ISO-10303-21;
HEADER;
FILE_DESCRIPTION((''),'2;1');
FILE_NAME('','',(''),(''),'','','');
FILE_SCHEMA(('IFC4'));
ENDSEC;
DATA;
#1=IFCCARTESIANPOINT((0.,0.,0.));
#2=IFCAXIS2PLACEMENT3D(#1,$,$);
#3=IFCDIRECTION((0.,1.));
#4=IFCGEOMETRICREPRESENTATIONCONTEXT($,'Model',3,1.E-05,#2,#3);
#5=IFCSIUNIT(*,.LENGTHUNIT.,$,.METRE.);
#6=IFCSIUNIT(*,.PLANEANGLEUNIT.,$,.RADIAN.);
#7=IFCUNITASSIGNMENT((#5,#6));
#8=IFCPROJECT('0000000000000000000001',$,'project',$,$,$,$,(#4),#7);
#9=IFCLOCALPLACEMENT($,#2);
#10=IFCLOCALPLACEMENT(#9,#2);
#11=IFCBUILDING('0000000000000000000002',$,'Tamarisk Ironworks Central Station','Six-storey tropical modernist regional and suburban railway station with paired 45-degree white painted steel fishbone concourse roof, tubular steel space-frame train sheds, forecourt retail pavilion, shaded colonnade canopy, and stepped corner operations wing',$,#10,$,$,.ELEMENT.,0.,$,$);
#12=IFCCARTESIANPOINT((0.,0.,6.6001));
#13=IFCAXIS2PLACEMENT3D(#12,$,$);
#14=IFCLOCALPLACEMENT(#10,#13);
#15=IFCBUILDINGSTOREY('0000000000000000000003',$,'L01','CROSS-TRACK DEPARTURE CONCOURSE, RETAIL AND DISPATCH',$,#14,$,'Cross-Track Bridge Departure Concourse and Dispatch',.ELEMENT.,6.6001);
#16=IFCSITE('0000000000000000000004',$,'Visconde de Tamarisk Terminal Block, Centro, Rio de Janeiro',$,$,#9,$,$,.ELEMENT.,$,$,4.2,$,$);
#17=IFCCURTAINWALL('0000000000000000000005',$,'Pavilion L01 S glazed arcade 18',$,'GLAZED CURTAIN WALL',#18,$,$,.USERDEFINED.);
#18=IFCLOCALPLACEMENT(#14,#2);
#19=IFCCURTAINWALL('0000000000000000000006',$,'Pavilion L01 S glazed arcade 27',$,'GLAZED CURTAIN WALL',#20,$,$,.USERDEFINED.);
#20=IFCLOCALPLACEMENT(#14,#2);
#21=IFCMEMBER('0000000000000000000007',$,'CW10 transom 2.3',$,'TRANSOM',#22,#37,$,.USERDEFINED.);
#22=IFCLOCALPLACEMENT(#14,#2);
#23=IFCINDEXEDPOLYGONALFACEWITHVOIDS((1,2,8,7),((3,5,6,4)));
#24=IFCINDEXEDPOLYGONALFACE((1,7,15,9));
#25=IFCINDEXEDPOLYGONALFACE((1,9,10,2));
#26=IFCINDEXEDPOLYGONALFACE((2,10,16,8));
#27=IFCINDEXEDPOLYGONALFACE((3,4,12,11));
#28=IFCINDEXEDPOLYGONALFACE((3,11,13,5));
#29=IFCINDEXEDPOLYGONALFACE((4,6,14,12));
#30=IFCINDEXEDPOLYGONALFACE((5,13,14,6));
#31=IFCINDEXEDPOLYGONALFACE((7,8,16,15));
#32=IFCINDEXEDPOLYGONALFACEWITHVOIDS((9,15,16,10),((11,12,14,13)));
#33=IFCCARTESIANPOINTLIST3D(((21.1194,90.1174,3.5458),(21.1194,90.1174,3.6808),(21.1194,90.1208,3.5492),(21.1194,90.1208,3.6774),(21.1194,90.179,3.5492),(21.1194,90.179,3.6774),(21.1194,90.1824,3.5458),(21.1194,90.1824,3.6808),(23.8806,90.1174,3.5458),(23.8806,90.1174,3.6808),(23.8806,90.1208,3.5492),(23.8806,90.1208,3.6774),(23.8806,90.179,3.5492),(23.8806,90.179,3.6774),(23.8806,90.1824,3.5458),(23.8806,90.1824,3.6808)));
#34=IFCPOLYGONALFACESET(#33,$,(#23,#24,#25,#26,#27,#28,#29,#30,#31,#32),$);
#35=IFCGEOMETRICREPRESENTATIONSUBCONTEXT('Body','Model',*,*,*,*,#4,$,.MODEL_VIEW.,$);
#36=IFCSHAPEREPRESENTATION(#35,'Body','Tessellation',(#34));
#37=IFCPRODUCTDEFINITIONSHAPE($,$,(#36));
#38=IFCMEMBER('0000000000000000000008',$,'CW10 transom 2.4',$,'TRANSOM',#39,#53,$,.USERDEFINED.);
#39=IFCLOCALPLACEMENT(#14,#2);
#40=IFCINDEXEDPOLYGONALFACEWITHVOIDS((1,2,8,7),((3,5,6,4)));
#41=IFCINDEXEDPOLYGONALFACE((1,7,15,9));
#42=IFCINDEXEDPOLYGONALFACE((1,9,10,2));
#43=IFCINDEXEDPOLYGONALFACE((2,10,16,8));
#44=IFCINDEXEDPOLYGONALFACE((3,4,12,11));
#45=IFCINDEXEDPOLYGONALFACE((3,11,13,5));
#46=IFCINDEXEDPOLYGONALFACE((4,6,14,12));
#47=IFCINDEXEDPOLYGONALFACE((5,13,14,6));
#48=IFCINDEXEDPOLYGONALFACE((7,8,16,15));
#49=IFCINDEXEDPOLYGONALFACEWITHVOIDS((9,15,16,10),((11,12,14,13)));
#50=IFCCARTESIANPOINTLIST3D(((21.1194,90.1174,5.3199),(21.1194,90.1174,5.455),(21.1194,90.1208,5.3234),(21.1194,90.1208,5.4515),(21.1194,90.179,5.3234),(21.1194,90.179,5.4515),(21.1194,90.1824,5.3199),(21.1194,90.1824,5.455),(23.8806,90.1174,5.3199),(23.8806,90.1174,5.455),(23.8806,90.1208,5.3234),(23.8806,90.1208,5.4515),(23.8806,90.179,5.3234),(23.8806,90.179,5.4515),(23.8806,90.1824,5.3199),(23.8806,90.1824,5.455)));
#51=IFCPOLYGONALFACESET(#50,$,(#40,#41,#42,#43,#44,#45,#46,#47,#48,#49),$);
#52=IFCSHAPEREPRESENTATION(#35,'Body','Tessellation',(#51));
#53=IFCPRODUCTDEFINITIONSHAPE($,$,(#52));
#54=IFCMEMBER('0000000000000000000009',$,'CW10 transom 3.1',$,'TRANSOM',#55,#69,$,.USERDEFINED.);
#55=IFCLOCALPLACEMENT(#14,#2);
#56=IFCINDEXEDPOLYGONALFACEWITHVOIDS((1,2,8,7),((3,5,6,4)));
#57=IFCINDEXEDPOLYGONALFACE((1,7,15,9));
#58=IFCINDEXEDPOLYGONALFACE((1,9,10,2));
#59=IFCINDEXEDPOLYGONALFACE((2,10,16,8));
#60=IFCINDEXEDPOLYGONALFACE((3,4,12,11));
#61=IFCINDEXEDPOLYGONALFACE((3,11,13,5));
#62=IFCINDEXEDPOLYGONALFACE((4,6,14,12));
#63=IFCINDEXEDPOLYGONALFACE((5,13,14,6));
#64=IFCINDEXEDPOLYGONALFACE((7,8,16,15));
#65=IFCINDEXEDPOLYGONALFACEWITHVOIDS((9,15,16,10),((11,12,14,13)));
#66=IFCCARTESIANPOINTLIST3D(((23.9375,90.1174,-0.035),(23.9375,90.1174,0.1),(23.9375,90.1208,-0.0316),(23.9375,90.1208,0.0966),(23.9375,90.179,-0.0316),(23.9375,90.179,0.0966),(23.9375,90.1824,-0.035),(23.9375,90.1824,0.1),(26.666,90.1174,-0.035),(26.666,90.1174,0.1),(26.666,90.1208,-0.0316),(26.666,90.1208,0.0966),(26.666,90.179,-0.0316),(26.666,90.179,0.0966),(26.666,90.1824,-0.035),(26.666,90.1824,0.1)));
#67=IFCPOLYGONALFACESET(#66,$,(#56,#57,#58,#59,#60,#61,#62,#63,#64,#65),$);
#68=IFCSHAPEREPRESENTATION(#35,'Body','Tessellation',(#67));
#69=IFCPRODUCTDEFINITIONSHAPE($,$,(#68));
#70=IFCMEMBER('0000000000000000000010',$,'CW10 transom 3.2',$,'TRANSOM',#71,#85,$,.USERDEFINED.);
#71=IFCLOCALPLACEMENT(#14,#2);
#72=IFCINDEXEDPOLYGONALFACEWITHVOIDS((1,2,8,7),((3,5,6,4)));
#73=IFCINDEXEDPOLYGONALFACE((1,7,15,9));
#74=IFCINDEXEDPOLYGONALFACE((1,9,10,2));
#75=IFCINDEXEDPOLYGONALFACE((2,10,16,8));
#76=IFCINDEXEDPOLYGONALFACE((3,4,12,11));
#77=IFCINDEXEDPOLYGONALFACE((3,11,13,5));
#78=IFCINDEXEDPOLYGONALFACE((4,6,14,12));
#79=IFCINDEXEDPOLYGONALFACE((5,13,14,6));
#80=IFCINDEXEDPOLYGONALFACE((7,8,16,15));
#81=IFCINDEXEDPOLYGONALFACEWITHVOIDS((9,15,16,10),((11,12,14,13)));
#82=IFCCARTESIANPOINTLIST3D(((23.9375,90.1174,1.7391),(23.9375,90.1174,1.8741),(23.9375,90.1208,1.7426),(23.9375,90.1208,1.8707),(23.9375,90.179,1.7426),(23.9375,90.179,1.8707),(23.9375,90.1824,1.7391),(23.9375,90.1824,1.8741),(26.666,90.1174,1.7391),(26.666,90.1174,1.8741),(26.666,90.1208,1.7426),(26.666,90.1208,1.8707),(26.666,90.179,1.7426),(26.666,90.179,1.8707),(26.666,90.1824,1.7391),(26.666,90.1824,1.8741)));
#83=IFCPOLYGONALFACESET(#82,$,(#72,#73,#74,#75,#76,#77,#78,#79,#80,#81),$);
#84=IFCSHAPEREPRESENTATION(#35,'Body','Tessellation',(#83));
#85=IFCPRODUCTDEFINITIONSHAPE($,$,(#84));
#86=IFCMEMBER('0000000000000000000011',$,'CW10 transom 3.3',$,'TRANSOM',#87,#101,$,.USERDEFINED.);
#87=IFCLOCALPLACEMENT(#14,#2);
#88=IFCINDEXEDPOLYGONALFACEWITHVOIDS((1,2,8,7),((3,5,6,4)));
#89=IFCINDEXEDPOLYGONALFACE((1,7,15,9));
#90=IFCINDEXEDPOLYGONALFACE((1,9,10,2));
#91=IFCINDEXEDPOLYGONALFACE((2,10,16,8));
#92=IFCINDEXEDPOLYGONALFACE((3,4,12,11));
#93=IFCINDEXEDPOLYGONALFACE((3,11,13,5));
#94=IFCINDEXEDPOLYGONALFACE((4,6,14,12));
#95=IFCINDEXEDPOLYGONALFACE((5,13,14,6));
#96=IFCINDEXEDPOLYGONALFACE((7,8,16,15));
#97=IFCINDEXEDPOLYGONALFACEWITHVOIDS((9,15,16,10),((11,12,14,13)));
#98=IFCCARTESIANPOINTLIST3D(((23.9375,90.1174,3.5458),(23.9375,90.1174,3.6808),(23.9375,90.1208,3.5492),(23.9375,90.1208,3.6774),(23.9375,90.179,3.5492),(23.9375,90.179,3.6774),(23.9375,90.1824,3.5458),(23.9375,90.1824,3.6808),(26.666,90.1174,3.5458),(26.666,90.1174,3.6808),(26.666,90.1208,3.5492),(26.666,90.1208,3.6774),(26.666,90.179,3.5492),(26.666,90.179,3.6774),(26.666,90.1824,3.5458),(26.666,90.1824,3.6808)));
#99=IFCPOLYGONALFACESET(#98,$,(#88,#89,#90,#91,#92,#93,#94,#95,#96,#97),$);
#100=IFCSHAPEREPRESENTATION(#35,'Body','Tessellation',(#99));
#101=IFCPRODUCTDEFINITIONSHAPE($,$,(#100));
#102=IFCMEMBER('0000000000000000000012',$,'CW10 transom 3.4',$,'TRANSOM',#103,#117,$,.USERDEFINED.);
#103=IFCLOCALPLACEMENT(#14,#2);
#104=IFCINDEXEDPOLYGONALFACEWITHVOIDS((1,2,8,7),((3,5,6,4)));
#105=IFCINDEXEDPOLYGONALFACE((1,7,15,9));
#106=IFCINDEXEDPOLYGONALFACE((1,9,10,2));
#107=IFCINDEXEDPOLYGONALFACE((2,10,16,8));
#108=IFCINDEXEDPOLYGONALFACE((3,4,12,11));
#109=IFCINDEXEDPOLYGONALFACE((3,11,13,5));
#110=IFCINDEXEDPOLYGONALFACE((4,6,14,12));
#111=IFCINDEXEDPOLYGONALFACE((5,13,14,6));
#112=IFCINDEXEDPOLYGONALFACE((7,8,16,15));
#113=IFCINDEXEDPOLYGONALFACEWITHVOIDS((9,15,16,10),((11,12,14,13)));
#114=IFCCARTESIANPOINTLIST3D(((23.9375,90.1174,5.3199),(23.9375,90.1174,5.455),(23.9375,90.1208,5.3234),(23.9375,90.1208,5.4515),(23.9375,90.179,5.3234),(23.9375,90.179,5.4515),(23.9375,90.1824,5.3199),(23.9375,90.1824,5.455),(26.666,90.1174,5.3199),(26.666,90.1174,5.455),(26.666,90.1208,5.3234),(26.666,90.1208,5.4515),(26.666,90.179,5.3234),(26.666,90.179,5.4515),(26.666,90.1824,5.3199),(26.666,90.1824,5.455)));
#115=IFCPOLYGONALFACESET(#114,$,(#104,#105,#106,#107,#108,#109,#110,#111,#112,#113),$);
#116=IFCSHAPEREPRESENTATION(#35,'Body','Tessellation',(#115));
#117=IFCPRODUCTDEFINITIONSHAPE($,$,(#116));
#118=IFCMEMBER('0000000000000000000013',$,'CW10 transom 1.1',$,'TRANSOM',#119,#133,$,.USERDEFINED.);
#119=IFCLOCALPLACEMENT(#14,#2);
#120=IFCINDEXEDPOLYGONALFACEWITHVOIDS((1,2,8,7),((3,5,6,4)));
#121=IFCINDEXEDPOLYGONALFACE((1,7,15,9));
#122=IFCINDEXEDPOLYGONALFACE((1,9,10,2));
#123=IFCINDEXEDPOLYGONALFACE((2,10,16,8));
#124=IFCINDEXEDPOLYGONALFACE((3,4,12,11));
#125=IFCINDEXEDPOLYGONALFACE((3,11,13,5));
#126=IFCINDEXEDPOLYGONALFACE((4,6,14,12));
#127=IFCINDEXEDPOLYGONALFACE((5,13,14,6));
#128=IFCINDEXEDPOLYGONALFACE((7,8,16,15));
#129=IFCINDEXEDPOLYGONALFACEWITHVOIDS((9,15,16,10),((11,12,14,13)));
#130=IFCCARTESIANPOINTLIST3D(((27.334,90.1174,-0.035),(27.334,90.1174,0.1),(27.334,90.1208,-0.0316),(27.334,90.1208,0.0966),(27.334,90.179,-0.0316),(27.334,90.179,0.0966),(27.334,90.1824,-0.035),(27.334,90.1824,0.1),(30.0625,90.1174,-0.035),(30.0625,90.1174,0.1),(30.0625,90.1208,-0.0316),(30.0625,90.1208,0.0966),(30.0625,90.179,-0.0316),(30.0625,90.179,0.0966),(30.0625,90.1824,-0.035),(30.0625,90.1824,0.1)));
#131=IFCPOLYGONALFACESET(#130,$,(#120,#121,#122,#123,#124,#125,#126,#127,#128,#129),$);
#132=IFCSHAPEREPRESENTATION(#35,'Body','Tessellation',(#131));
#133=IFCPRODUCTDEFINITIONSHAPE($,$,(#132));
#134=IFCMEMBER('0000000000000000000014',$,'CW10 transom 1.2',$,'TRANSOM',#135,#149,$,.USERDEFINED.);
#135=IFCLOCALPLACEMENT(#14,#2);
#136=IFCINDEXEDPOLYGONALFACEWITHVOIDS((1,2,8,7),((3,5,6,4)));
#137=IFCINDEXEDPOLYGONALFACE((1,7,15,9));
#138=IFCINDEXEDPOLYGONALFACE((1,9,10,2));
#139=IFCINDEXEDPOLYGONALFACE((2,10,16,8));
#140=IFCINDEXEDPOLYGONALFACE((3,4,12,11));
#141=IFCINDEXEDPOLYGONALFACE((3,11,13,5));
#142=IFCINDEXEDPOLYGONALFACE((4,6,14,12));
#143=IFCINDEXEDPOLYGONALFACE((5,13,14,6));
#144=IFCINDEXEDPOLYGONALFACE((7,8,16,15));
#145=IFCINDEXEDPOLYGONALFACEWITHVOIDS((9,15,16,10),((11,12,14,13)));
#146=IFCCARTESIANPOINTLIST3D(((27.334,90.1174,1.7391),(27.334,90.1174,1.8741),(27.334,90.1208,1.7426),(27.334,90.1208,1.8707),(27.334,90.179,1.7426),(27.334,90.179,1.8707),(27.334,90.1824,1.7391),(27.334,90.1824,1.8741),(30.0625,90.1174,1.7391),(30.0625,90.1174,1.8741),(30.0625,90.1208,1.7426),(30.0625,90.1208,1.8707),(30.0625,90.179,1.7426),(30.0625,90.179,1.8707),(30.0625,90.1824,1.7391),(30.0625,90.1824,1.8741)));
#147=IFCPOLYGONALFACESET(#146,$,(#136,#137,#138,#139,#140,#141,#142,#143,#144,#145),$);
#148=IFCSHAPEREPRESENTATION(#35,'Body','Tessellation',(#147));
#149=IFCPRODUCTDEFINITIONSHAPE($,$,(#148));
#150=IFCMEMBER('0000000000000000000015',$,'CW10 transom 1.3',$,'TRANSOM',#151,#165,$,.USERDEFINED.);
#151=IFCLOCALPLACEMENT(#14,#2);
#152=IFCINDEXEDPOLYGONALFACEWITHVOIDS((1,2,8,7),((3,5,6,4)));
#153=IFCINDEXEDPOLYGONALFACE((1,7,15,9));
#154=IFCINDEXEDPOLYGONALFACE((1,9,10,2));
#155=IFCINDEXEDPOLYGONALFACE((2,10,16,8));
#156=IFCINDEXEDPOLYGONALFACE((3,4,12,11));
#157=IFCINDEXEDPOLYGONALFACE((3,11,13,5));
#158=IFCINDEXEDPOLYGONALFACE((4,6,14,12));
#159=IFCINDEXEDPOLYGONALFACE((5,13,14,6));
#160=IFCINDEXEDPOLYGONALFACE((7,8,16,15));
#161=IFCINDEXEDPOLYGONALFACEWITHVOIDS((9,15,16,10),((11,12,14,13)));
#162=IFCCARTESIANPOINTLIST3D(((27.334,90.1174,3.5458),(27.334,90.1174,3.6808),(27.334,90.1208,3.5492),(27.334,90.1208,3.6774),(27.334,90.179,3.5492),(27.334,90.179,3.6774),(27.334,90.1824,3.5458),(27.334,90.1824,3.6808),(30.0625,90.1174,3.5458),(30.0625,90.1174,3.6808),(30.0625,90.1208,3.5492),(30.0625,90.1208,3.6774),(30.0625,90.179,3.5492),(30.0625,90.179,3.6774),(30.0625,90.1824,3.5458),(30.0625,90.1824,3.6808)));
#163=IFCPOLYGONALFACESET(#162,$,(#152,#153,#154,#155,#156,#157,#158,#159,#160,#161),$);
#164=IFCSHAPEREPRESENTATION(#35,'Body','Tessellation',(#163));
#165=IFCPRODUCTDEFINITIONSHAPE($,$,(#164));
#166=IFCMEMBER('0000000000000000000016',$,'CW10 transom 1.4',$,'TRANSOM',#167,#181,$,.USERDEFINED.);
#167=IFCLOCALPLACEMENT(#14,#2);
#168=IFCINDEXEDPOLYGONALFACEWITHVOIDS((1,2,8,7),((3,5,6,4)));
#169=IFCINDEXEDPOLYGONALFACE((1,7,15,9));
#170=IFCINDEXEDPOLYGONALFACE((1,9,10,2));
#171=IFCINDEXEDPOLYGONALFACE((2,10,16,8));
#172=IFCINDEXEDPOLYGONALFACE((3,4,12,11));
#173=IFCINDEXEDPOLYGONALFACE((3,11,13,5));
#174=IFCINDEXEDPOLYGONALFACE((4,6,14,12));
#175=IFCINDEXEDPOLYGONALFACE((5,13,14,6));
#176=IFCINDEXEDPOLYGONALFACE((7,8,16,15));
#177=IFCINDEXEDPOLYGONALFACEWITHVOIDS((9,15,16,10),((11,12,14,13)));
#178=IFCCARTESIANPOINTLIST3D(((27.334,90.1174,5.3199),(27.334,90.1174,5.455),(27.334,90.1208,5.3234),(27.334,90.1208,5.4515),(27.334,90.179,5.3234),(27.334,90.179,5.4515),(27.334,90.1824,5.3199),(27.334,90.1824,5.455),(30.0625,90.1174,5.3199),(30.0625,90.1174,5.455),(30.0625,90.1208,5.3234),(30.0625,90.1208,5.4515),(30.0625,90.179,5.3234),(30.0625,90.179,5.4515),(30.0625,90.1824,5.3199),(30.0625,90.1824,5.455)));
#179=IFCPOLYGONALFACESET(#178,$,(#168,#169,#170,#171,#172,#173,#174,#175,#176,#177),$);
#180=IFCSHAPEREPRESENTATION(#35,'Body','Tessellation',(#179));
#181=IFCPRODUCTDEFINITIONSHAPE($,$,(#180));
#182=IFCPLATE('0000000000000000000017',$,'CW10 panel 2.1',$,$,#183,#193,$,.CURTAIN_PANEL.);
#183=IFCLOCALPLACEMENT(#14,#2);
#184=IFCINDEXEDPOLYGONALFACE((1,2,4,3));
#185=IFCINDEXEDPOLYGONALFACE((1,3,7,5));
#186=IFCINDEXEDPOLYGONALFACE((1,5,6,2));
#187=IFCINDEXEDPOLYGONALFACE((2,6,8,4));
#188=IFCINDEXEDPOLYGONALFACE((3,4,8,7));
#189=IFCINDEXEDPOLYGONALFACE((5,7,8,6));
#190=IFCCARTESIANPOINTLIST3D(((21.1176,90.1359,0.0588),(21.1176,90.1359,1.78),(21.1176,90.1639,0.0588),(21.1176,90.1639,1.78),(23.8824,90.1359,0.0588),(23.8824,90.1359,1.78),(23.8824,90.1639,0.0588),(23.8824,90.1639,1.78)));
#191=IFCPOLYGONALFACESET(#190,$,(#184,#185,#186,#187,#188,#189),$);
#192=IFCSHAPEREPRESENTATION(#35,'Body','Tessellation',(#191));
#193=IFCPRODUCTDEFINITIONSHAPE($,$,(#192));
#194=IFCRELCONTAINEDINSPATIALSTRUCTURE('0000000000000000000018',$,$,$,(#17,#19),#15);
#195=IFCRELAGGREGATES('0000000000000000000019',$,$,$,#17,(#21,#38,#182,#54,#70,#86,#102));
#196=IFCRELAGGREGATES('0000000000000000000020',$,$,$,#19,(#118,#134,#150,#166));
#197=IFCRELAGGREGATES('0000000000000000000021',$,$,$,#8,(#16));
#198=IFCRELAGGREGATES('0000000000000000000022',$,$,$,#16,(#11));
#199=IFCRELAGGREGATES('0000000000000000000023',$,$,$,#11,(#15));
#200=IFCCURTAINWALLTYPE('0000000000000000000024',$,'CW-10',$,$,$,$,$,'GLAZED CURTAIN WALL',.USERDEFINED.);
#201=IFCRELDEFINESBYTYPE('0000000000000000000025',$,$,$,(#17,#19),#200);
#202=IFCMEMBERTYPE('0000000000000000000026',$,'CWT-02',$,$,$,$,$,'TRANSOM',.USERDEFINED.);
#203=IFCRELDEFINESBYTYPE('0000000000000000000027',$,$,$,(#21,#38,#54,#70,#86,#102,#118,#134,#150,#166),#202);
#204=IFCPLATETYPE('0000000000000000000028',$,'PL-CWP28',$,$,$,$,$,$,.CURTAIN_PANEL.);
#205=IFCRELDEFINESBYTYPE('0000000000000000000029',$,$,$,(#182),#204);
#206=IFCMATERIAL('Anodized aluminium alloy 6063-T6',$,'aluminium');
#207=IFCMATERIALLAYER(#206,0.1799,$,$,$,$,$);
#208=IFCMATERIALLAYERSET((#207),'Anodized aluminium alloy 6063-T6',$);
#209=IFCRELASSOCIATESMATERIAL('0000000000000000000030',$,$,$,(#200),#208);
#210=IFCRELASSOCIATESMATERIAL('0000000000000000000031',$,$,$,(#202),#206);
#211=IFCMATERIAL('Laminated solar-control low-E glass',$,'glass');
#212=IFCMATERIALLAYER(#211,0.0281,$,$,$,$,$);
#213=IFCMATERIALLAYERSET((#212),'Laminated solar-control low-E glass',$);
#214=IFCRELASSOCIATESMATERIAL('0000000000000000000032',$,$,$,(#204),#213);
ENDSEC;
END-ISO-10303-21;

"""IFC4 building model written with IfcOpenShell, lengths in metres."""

from ifc_helpers import new_model, si_unit, direction, frame, origin, origin_2d, place, context, subcontext, project, spatial, rectangle, hollow_rectangle, extrude, material, layer, layer_set, material_profile, profile_set, type_object, element, aggregate, save


model = new_model("IFC4")

# Units and contexts
model_context = context("Model", 3, precision=1e-05, world=origin(), true_north=direction((0.0, 1.0)))
body_context = subcontext(model_context, "Body", "Model", "MODEL_VIEW")
ifc_project = project(units=[si_unit("LENGTHUNIT", "METRE"), si_unit("PLANEANGLEUNIT", "RADIAN")], contexts=[model_context])

# Site, building, storey
site_placement = place(None, origin())
site = spatial("IfcSite", under=ifc_project, at=site_placement, Name="Visconde de Tamarisk Terminal Block, Centro, Rio de Janeiro", CompositionType="ELEMENT", RefElevation=4.2)
building_placement = place(site_placement, origin())
building = spatial("IfcBuilding", under=site, at=building_placement, Name="Tamarisk Ironworks Central Station", Description="Six-storey tropical modernist regional and suburban railway station with paired 45-degree white painted steel fishbone concourse roof, tubular steel space-frame train sheds, forecourt retail pavilion, shaded colonnade canopy, and stepped corner operations wing", CompositionType="ELEMENT", ElevationOfRefHeight=0.0)
storey_placement = place(building_placement, frame((0.0, 0.0, 6.6001)))
storey = spatial("IfcBuildingStorey", under=building, at=storey_placement, Name="L01", Description="CROSS-TRACK DEPARTURE CONCOURSE, RETAIL AND DISPATCH", LongName="Cross-Track Bridge Departure Concourse and Dispatch", CompositionType="ELEMENT", Elevation=6.6001)

# Curtain wall
ifc_material_1 = material(Name="Anodized aluminium alloy 6063-T6", Category="aluminium")
ifc_layer_1 = layer(ifc_material_1, 0.1799)
ifc_layer_set_1 = layer_set([ifc_layer_1], Name="Anodized aluminium alloy 6063-T6")
curtain_wall_type = type_object("IfcCurtainWallType", Name="CW-10", ElementType="GLAZED CURTAIN WALL", PredefinedType="USERDEFINED", material=ifc_layer_set_1)
curtain_wall_1_placement = place(storey_placement, origin())
curtain_wall_1 = element("IfcCurtainWall", 1, at=curtain_wall_1_placement, inside=storey, type_object=curtain_wall_type, Name="Pavilion L01 S glazed arcade 18", ObjectType="GLAZED CURTAIN WALL", PredefinedType="USERDEFINED")

# Curtain wall
curtain_wall_2_placement = place(storey_placement, origin())
curtain_wall_2 = element("IfcCurtainWall", 2, at=curtain_wall_2_placement, inside=storey, type_object=curtain_wall_type, Name="Pavilion L01 S glazed arcade 27", ObjectType="GLAZED CURTAIN WALL", PredefinedType="USERDEFINED")

# Members
ifc_material_profile_1 = material_profile(ifc_material_1, hollow_rectangle(XDim=0.0649, YDim=0.135, WallThickness=0.0034, at=origin_2d()), Name="ALUM 135x65")
ifc_profile_set_1 = profile_set([ifc_material_profile_1], Name="Anodized aluminium alloy 6063-T6")
member_type_1 = type_object("IfcMemberType", Name="CWT-02", ElementType="TRANSOM", PredefinedType="USERDEFINED", material=ifc_profile_set_1)
member_1_placement = place(storey_placement, frame((21.1194, 90.1499, 3.6133), z_axis=(1.0, 0.0, 0.0), x_axis=(0.0, 1.0, 0.0)))
member_1 = element("IfcMember", 3, at=member_1_placement, type_object=member_type_1, Name="CW10 transom 2.3", ObjectType="TRANSOM", PredefinedType="USERDEFINED", context=body_context, shape_type="SweptSolid", body=[
    extrude(hollow_rectangle(XDim=0.0649, YDim=0.135, WallThickness=0.0034, at=origin_2d()), origin(), (0.0, 0.0, 1.0), 2.7612),
])
member_2_placement = place(storey_placement, frame((21.1194, 90.1499, 5.3875), z_axis=(1.0, 0.0, 0.0), x_axis=(0.0, 1.0, 0.0)))
member_2 = element("IfcMember", 4, at=member_2_placement, type_object=member_type_1, Name="CW10 transom 2.4", ObjectType="TRANSOM", PredefinedType="USERDEFINED", context=body_context, shape_type="SweptSolid", body=[
    extrude(hollow_rectangle(XDim=0.0649, YDim=0.135, WallThickness=0.0034, at=origin_2d()), origin(), (0.0, 0.0, 1.0), 2.7612),
])
member_3_placement = place(storey_placement, frame((23.9375, 90.1499, 0.0325), z_axis=(1.0, 0.0, 0.0), x_axis=(0.0, 1.0, 0.0)))
member_3 = element("IfcMember", 5, at=member_3_placement, type_object=member_type_1, Name="CW10 transom 3.1", ObjectType="TRANSOM", PredefinedType="USERDEFINED", context=body_context, shape_type="SweptSolid", body=[
    extrude(hollow_rectangle(XDim=0.0649, YDim=0.135, WallThickness=0.0034, at=origin_2d()), origin(), (0.0, 0.0, 1.0), 2.7285),
])
member_4_placement = place(storey_placement, frame((23.9375, 90.1499, 1.8066), z_axis=(1.0, 0.0, 0.0), x_axis=(0.0, 1.0, 0.0)))
member_4 = element("IfcMember", 6, at=member_4_placement, type_object=member_type_1, Name="CW10 transom 3.2", ObjectType="TRANSOM", PredefinedType="USERDEFINED", context=body_context, shape_type="SweptSolid", body=[
    extrude(hollow_rectangle(XDim=0.0649, YDim=0.135, WallThickness=0.0034, at=origin_2d()), origin(), (0.0, 0.0, 1.0), 2.7285),
])
member_5_placement = place(storey_placement, frame((23.9375, 90.1499, 3.6133), z_axis=(1.0, 0.0, 0.0), x_axis=(0.0, 1.0, 0.0)))
member_5 = element("IfcMember", 7, at=member_5_placement, type_object=member_type_1, Name="CW10 transom 3.3", ObjectType="TRANSOM", PredefinedType="USERDEFINED", context=body_context, shape_type="SweptSolid", body=[
    extrude(hollow_rectangle(XDim=0.0649, YDim=0.135, WallThickness=0.0034, at=origin_2d()), origin(), (0.0, 0.0, 1.0), 2.7285),
])
member_6_placement = place(storey_placement, frame((23.9375, 90.1499, 5.3875), z_axis=(1.0, 0.0, 0.0), x_axis=(0.0, 1.0, 0.0)))
member_6 = element("IfcMember", 8, at=member_6_placement, type_object=member_type_1, Name="CW10 transom 3.4", ObjectType="TRANSOM", PredefinedType="USERDEFINED", context=body_context, shape_type="SweptSolid", body=[
    extrude(hollow_rectangle(XDim=0.0649, YDim=0.135, WallThickness=0.0034, at=origin_2d()), origin(), (0.0, 0.0, 1.0), 2.7285),
])
member_7_placement = place(storey_placement, frame((27.334, 90.1499, 0.0325), z_axis=(1.0, 0.0, 0.0), x_axis=(0.0, 1.0, 0.0)))
member_7 = element("IfcMember", 9, at=member_7_placement, type_object=member_type_1, Name="CW10 transom 1.1", ObjectType="TRANSOM", PredefinedType="USERDEFINED", context=body_context, shape_type="SweptSolid", body=[
    extrude(hollow_rectangle(XDim=0.0649, YDim=0.135, WallThickness=0.0034, at=origin_2d()), origin(), (0.0, 0.0, 1.0), 2.7285),
])
member_8_placement = place(storey_placement, frame((27.334, 90.1499, 1.8066), z_axis=(1.0, 0.0, 0.0), x_axis=(0.0, 1.0, 0.0)))
member_8 = element("IfcMember", 10, at=member_8_placement, type_object=member_type_1, Name="CW10 transom 1.2", ObjectType="TRANSOM", PredefinedType="USERDEFINED", context=body_context, shape_type="SweptSolid", body=[
    extrude(hollow_rectangle(XDim=0.0649, YDim=0.135, WallThickness=0.0034, at=origin_2d()), origin(), (0.0, 0.0, 1.0), 2.7285),
])
member_9_placement = place(storey_placement, frame((27.334, 90.1499, 3.6133), z_axis=(1.0, 0.0, 0.0), x_axis=(0.0, 1.0, 0.0)))
member_9 = element("IfcMember", 11, at=member_9_placement, type_object=member_type_1, Name="CW10 transom 1.3", ObjectType="TRANSOM", PredefinedType="USERDEFINED", context=body_context, shape_type="SweptSolid", body=[
    extrude(hollow_rectangle(XDim=0.0649, YDim=0.135, WallThickness=0.0034, at=origin_2d()), origin(), (0.0, 0.0, 1.0), 2.7285),
])
member_10_placement = place(storey_placement, frame((27.334, 90.1499, 5.3875), z_axis=(1.0, 0.0, 0.0), x_axis=(0.0, 1.0, 0.0)))
member_10 = element("IfcMember", 12, at=member_10_placement, type_object=member_type_1, Name="CW10 transom 1.4", ObjectType="TRANSOM", PredefinedType="USERDEFINED", context=body_context, shape_type="SweptSolid", body=[
    extrude(hollow_rectangle(XDim=0.0649, YDim=0.135, WallThickness=0.0034, at=origin_2d()), origin(), (0.0, 0.0, 1.0), 2.7285),
])

# Plate
ifc_material_2 = material(Name="Laminated solar-control low-E glass", Category="glass")
ifc_layer_2 = layer(ifc_material_2, 0.0281)
ifc_layer_set_2 = layer_set([ifc_layer_2], Name="Laminated solar-control low-E glass")
plate_type = type_object("IfcPlateType", Name="PL-CWP28", PredefinedType="CURTAIN_PANEL", material=ifc_layer_set_2)
plate_1_placement = place(storey_placement, frame((22.5, 90.1499, 0.0588), z_axis=(0.0, 0.0, 1.0), x_axis=(1.0, 0.0, 0.0)))
plate_1 = element("IfcPlate", 13, at=plate_1_placement, type_object=plate_type, Name="CW10 panel 2.1", PredefinedType="CURTAIN_PANEL", context=body_context, shape_type="SweptSolid", body=[
    extrude(rectangle(XDim=2.7649, YDim=0.0281, at=origin_2d()), origin(), (0.0, 0.0, 1.0), 1.7212),
])
aggregate(curtain_wall_1, [member_1, member_2, plate_1, member_3, member_4, member_5, member_6])
aggregate(curtain_wall_2, [member_7, member_8, member_9, member_10])

save(model, "model.ifc")
